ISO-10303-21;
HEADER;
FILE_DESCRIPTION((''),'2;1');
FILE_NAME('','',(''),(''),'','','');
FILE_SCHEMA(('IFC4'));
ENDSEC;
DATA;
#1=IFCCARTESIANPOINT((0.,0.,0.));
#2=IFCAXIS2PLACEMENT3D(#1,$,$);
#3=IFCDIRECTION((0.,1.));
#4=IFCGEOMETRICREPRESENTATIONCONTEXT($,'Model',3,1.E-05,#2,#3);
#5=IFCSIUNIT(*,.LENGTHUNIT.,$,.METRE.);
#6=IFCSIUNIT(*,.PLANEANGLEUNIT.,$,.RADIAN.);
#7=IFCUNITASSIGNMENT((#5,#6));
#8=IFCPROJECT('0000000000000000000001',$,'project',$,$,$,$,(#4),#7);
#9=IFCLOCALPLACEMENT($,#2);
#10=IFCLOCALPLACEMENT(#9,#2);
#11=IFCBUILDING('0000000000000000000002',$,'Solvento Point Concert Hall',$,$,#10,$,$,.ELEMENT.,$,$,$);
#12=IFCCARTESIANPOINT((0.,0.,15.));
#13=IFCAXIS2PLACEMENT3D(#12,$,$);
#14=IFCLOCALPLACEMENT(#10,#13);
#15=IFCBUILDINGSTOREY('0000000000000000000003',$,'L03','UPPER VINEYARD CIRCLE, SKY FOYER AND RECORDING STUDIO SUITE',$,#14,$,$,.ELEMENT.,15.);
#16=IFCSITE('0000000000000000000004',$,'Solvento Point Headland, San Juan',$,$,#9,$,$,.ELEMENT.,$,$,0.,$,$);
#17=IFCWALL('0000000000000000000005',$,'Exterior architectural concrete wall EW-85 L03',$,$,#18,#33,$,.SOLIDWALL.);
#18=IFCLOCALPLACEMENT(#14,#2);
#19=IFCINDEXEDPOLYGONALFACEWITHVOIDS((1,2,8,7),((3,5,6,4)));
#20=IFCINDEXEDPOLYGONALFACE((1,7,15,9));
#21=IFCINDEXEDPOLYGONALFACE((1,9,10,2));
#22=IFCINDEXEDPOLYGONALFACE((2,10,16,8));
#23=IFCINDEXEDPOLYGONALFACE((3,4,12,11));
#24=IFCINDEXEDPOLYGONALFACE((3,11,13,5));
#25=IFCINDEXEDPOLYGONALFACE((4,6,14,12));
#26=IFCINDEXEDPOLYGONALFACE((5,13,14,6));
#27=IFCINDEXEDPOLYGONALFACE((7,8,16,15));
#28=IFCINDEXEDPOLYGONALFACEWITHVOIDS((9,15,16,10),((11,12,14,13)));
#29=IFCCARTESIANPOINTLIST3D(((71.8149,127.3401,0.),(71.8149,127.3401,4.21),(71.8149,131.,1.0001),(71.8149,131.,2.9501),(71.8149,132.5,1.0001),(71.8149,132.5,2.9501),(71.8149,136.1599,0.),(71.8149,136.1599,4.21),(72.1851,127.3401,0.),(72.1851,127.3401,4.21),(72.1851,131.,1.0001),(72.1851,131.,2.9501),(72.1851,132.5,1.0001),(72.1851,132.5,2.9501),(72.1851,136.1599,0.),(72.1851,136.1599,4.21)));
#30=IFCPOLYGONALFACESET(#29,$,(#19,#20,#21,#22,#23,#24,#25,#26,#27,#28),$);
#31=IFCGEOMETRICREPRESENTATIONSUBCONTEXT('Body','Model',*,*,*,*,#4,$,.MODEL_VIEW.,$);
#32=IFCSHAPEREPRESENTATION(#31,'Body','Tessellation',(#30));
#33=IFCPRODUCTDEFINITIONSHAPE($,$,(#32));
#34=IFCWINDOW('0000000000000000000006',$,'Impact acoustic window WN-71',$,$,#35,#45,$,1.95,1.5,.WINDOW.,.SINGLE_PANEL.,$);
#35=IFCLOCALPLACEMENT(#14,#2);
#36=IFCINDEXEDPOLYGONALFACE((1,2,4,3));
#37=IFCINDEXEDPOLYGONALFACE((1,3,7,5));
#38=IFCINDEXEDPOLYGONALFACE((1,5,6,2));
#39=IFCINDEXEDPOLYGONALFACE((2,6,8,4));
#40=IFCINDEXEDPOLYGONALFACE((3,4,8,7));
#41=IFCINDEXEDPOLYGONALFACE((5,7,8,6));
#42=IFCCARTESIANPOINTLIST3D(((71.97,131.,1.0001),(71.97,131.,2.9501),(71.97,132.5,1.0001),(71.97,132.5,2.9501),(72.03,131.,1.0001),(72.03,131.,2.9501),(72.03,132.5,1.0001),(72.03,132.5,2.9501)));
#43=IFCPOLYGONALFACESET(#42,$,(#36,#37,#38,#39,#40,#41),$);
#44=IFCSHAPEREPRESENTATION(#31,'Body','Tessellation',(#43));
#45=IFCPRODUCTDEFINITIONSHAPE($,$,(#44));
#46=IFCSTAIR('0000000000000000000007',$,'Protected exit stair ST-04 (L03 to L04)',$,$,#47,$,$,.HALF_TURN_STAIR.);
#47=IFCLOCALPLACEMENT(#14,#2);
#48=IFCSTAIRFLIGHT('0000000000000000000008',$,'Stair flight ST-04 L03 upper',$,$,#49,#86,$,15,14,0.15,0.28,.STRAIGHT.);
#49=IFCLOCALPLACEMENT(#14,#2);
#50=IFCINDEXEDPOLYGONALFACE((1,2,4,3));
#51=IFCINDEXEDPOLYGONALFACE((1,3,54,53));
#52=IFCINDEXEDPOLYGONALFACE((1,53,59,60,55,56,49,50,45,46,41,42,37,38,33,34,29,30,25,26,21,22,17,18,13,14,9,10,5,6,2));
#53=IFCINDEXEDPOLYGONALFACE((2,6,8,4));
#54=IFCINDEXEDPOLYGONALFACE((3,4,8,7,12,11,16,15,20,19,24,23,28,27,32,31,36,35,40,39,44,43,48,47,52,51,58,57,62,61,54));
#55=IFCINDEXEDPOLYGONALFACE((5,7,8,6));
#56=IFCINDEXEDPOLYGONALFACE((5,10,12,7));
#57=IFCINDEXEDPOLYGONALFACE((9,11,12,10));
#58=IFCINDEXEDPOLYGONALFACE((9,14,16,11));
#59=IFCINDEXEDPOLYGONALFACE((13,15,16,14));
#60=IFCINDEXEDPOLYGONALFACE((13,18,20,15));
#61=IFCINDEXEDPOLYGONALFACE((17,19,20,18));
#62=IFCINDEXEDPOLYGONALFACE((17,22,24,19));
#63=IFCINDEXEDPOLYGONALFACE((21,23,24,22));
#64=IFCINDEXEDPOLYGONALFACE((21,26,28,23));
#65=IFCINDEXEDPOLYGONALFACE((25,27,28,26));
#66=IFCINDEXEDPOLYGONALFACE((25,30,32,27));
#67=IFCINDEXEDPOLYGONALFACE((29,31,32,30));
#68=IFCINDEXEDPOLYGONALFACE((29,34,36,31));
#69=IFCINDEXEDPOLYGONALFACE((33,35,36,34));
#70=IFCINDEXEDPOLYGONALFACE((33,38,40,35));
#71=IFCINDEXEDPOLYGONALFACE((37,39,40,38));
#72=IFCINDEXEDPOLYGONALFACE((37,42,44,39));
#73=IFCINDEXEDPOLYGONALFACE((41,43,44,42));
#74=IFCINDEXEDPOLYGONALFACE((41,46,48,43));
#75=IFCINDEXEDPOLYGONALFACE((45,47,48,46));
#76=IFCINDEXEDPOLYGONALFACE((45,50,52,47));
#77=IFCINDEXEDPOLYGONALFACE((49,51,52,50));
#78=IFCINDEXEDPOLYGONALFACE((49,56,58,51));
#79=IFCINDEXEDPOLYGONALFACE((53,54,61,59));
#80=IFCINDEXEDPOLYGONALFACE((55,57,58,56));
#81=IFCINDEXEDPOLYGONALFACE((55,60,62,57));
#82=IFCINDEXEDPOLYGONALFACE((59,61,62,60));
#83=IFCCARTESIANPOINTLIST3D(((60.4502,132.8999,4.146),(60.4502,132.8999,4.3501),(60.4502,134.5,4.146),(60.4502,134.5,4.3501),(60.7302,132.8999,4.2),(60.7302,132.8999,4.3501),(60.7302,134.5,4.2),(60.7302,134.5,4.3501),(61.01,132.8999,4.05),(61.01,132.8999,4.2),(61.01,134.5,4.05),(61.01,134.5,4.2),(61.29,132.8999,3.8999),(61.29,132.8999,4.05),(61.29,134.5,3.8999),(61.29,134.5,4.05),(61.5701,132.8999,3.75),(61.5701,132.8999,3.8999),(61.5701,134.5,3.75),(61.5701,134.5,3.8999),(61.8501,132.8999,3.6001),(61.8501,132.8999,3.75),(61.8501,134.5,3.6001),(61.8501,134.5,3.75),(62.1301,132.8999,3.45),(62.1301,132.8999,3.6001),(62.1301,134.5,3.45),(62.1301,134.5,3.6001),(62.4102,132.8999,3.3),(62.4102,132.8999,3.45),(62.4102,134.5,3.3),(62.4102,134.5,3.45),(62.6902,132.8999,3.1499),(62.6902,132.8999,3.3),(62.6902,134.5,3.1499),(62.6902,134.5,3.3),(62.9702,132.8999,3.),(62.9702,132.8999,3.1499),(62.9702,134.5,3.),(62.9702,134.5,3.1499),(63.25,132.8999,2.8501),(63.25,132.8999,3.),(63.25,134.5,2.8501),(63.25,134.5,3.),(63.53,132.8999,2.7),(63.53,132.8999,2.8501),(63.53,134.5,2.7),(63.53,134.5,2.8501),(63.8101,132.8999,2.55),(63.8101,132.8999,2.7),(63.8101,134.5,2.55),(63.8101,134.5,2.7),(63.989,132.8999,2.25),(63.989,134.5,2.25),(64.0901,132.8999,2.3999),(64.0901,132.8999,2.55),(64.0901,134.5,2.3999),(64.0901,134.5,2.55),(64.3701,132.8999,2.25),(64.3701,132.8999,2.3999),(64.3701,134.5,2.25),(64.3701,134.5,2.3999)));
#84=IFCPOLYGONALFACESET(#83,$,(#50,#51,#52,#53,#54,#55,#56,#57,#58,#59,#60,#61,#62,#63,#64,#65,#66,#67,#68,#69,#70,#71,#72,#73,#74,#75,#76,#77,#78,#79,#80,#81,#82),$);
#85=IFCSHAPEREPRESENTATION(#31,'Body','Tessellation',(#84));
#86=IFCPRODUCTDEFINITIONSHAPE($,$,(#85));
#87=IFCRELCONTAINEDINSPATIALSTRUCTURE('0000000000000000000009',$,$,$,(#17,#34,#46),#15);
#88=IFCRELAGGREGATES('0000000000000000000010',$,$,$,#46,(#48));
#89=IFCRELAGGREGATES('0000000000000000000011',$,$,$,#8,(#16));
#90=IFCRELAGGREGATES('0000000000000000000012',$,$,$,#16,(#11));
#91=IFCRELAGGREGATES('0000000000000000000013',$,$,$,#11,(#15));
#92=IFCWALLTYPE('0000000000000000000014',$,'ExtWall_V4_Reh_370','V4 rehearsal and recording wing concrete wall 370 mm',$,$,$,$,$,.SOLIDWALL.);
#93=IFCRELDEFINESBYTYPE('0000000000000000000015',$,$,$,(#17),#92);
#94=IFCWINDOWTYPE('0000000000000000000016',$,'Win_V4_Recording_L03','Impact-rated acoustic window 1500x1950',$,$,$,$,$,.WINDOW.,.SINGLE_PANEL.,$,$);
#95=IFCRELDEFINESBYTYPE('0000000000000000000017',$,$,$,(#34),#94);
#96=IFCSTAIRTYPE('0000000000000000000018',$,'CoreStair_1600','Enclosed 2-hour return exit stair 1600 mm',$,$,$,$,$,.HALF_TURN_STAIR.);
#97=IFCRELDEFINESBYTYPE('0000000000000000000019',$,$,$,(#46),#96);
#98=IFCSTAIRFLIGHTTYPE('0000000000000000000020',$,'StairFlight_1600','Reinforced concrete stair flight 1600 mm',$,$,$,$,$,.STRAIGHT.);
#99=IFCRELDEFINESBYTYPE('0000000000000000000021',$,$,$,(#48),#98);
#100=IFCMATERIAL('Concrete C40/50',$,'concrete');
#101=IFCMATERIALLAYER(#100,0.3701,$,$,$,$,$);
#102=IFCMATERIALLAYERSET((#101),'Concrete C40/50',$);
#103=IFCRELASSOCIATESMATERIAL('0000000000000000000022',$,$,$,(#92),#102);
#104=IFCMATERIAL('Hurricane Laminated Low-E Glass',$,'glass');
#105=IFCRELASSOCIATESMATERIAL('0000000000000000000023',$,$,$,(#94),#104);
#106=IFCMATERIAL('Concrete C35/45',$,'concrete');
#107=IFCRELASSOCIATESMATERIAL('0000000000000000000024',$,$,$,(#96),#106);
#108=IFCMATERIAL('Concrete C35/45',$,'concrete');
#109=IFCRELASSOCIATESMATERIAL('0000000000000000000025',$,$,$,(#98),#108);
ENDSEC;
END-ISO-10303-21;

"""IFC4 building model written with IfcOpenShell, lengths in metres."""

from ifc_helpers import new_model, si_unit, direction, frame, frame_2d, origin, place, context, subcontext, project, spatial, polyline, rectangle, outline, extrude, material, layer, layer_set, type_object, element, fill, aggregate, save


model = new_model("IFC4")

# Units and contexts
model_context = context("Model", 3, precision=1e-05, world=origin(), true_north=direction((0.0, 1.0)))
body_context = subcontext(model_context, "Body", "Model", "MODEL_VIEW")
ifc_project = project(units=[si_unit("LENGTHUNIT", "METRE"), si_unit("PLANEANGLEUNIT", "RADIAN")], contexts=[model_context])

# Site, building, storey
site_placement = place(None, origin())
site = spatial("IfcSite", under=ifc_project, at=site_placement, Name="Solvento Point Headland, San Juan", CompositionType="ELEMENT", RefElevation=0.0)
building_placement = place(site_placement, origin())
building = spatial("IfcBuilding", under=site, at=building_placement, Name="Solvento Point Concert Hall", CompositionType="ELEMENT")
storey_placement = place(building_placement, frame((0.0, 0.0, 15.0)))
storey = spatial("IfcBuildingStorey", under=building, at=storey_placement, Name="L03", Description="UPPER VINEYARD CIRCLE, SKY FOYER AND RECORDING STUDIO SUITE", CompositionType="ELEMENT", Elevation=15.0)

# Wall, opening, window
ifc_material_1 = material(Name="Concrete C40/50", Category="concrete")
ifc_layer_1 = layer(ifc_material_1, 0.3701)
ifc_layer_set_1 = layer_set([ifc_layer_1], Name="Concrete C40/50")
wall_type_1 = type_object("IfcWallType", Name="ExtWall_V4_Reh_370", Description="V4 rehearsal and recording wing concrete wall 370 mm", PredefinedType="SOLIDWALL", material=ifc_layer_set_1)
ifc_material_2 = material(Name="Hurricane Laminated Low-E Glass", Category="glass")
window_type = type_object("IfcWindowType", Name="Win_V4_Recording_L03", Description="Impact-rated acoustic window 1500x1950", PartitioningType="SINGLE_PANEL", PredefinedType="WINDOW", material=ifc_material_2)
wall_1_placement = place(storey_placement, frame((72.0, 136.1599, 0.0), z_axis=(0.0, 0.0, 1.0), x_axis=(0.0, -1.0, 0.0)))
wall_1 = element("IfcWall", 1, at=wall_1_placement, inside=storey, type_object=wall_type_1, Name="Exterior architectural concrete wall EW-85 L03", PredefinedType="SOLIDWALL", context=body_context, shape_type="SweptSolid", body=[
    extrude(rectangle(XDim=8.8198, YDim=0.3701, at=frame_2d((4.4099, 0.0))), origin(), (0.0, 0.0, 1.0), 4.21),
])
opening_1_placement = place(wall_1_placement, frame((3.6599, 0.0, 1.0)))
opening_1 = element("IfcOpeningElement", 2, at=opening_1_placement, cuts=wall_1, PredefinedType="OPENING", context=body_context, shape_type="SweptSolid", body=[
    extrude(rectangle(XDim=1.5, YDim=1.95, at=frame_2d((0.75, 0.9751))), frame((0.0, 0.1951, 0.0), z_axis=(0.0, -1.0, 0.0), x_axis=(1.0, 0.0, 0.0)), (0.0, 0.0, 1.0), 0.3901),
])
window_1_placement = place(opening_1_placement, origin())
window_1 = element("IfcWindow", 3, at=window_1_placement, inside=storey, type_object=window_type, Name="Impact acoustic window WN-71", OverallHeight=1.95, OverallWidth=1.5, PartitioningType="SINGLE_PANEL", PredefinedType="WINDOW", context=body_context, shape_type="SweptSolid", body=[
    extrude(rectangle(XDim=1.5, YDim=1.95, at=frame_2d((0.75, 0.9751))), frame((0.0, 0.03, 0.0), z_axis=(0.0, -1.0, 0.0), x_axis=(1.0, 0.0, 0.0)), (0.0, 0.0, 1.0), 0.0601),
])
fill(opening_1, window_1)

# Stair, stair flight
ifc_material_3 = material(Name="Concrete C35/45", Category="concrete")
stair_type = type_object("IfcStairType", Name="CoreStair_1600", Description="Enclosed 2-hour return exit stair 1600 mm", PredefinedType="HALF_TURN_STAIR", material=ifc_material_3)
stair_placement = place(storey_placement, origin())
stair = element("IfcStair", 4, at=stair_placement, inside=storey, type_object=stair_type, Name="Protected exit stair ST-04 (L03 to L04)", PredefinedType="HALF_TURN_STAIR")
ifc_material_4 = material(Name="Concrete C35/45", Category="concrete")
stair_flight_type = type_object("IfcStairFlightType", Name="StairFlight_1600", Description="Reinforced concrete stair flight 1600 mm", PredefinedType="STRAIGHT", material=ifc_material_4)
stair_flight_placement = place(storey_placement, frame((64.3701, 133.7, 2.25), z_axis=(0.0, 0.0, 1.0), x_axis=(-1.0, 0.0, 0.0)))
stair_flight = element("IfcStairFlight", 5, at=stair_flight_placement, type_object=stair_flight_type, Name="Stair flight ST-04 L03 upper", NumberOfRisers=15, NumberOfTreads=14, PredefinedType="STRAIGHT", RiserHeight=0.15, TreadLength=0.28, context=body_context, shape_type="SweptSolid", body=[
    extrude(outline(polyline([(0.0, 0.0), (0.0, 0.1499), (0.28, 0.1499), (0.28, 0.3), (0.5601, 0.3), (0.5601, 0.45), (0.8401, 0.45), (0.8401, 0.6001), (1.1201, 0.6001), (1.1201, 0.75), (1.3999, 0.75), (1.3999, 0.8999), (1.6799, 0.8999), (1.6799, 1.05), (1.96, 1.05), (1.96, 1.2), (2.24, 1.2), (2.24, 1.3501), (2.52, 1.3501), (2.52, 1.5), (2.8, 1.5), (2.8, 1.6499), (3.0801, 1.6499), (3.0801, 1.8), (3.3601, 1.8), (3.3601, 1.95), (3.6399, 1.95), (3.6399, 2.1001), (3.9199, 2.1001), (3.9199, 2.25), (3.9199, 1.896), (0.3811, 0.0), (0.0, 0.0)])), frame((0.0, 0.8, 0.0), z_axis=(0.0, -1.0, 0.0), x_axis=(1.0, 0.0, 0.0)), (0.0, 0.0, 1.0), 1.6001),
])
aggregate(stair, [stair_flight])

save(model, "model.ifc")
